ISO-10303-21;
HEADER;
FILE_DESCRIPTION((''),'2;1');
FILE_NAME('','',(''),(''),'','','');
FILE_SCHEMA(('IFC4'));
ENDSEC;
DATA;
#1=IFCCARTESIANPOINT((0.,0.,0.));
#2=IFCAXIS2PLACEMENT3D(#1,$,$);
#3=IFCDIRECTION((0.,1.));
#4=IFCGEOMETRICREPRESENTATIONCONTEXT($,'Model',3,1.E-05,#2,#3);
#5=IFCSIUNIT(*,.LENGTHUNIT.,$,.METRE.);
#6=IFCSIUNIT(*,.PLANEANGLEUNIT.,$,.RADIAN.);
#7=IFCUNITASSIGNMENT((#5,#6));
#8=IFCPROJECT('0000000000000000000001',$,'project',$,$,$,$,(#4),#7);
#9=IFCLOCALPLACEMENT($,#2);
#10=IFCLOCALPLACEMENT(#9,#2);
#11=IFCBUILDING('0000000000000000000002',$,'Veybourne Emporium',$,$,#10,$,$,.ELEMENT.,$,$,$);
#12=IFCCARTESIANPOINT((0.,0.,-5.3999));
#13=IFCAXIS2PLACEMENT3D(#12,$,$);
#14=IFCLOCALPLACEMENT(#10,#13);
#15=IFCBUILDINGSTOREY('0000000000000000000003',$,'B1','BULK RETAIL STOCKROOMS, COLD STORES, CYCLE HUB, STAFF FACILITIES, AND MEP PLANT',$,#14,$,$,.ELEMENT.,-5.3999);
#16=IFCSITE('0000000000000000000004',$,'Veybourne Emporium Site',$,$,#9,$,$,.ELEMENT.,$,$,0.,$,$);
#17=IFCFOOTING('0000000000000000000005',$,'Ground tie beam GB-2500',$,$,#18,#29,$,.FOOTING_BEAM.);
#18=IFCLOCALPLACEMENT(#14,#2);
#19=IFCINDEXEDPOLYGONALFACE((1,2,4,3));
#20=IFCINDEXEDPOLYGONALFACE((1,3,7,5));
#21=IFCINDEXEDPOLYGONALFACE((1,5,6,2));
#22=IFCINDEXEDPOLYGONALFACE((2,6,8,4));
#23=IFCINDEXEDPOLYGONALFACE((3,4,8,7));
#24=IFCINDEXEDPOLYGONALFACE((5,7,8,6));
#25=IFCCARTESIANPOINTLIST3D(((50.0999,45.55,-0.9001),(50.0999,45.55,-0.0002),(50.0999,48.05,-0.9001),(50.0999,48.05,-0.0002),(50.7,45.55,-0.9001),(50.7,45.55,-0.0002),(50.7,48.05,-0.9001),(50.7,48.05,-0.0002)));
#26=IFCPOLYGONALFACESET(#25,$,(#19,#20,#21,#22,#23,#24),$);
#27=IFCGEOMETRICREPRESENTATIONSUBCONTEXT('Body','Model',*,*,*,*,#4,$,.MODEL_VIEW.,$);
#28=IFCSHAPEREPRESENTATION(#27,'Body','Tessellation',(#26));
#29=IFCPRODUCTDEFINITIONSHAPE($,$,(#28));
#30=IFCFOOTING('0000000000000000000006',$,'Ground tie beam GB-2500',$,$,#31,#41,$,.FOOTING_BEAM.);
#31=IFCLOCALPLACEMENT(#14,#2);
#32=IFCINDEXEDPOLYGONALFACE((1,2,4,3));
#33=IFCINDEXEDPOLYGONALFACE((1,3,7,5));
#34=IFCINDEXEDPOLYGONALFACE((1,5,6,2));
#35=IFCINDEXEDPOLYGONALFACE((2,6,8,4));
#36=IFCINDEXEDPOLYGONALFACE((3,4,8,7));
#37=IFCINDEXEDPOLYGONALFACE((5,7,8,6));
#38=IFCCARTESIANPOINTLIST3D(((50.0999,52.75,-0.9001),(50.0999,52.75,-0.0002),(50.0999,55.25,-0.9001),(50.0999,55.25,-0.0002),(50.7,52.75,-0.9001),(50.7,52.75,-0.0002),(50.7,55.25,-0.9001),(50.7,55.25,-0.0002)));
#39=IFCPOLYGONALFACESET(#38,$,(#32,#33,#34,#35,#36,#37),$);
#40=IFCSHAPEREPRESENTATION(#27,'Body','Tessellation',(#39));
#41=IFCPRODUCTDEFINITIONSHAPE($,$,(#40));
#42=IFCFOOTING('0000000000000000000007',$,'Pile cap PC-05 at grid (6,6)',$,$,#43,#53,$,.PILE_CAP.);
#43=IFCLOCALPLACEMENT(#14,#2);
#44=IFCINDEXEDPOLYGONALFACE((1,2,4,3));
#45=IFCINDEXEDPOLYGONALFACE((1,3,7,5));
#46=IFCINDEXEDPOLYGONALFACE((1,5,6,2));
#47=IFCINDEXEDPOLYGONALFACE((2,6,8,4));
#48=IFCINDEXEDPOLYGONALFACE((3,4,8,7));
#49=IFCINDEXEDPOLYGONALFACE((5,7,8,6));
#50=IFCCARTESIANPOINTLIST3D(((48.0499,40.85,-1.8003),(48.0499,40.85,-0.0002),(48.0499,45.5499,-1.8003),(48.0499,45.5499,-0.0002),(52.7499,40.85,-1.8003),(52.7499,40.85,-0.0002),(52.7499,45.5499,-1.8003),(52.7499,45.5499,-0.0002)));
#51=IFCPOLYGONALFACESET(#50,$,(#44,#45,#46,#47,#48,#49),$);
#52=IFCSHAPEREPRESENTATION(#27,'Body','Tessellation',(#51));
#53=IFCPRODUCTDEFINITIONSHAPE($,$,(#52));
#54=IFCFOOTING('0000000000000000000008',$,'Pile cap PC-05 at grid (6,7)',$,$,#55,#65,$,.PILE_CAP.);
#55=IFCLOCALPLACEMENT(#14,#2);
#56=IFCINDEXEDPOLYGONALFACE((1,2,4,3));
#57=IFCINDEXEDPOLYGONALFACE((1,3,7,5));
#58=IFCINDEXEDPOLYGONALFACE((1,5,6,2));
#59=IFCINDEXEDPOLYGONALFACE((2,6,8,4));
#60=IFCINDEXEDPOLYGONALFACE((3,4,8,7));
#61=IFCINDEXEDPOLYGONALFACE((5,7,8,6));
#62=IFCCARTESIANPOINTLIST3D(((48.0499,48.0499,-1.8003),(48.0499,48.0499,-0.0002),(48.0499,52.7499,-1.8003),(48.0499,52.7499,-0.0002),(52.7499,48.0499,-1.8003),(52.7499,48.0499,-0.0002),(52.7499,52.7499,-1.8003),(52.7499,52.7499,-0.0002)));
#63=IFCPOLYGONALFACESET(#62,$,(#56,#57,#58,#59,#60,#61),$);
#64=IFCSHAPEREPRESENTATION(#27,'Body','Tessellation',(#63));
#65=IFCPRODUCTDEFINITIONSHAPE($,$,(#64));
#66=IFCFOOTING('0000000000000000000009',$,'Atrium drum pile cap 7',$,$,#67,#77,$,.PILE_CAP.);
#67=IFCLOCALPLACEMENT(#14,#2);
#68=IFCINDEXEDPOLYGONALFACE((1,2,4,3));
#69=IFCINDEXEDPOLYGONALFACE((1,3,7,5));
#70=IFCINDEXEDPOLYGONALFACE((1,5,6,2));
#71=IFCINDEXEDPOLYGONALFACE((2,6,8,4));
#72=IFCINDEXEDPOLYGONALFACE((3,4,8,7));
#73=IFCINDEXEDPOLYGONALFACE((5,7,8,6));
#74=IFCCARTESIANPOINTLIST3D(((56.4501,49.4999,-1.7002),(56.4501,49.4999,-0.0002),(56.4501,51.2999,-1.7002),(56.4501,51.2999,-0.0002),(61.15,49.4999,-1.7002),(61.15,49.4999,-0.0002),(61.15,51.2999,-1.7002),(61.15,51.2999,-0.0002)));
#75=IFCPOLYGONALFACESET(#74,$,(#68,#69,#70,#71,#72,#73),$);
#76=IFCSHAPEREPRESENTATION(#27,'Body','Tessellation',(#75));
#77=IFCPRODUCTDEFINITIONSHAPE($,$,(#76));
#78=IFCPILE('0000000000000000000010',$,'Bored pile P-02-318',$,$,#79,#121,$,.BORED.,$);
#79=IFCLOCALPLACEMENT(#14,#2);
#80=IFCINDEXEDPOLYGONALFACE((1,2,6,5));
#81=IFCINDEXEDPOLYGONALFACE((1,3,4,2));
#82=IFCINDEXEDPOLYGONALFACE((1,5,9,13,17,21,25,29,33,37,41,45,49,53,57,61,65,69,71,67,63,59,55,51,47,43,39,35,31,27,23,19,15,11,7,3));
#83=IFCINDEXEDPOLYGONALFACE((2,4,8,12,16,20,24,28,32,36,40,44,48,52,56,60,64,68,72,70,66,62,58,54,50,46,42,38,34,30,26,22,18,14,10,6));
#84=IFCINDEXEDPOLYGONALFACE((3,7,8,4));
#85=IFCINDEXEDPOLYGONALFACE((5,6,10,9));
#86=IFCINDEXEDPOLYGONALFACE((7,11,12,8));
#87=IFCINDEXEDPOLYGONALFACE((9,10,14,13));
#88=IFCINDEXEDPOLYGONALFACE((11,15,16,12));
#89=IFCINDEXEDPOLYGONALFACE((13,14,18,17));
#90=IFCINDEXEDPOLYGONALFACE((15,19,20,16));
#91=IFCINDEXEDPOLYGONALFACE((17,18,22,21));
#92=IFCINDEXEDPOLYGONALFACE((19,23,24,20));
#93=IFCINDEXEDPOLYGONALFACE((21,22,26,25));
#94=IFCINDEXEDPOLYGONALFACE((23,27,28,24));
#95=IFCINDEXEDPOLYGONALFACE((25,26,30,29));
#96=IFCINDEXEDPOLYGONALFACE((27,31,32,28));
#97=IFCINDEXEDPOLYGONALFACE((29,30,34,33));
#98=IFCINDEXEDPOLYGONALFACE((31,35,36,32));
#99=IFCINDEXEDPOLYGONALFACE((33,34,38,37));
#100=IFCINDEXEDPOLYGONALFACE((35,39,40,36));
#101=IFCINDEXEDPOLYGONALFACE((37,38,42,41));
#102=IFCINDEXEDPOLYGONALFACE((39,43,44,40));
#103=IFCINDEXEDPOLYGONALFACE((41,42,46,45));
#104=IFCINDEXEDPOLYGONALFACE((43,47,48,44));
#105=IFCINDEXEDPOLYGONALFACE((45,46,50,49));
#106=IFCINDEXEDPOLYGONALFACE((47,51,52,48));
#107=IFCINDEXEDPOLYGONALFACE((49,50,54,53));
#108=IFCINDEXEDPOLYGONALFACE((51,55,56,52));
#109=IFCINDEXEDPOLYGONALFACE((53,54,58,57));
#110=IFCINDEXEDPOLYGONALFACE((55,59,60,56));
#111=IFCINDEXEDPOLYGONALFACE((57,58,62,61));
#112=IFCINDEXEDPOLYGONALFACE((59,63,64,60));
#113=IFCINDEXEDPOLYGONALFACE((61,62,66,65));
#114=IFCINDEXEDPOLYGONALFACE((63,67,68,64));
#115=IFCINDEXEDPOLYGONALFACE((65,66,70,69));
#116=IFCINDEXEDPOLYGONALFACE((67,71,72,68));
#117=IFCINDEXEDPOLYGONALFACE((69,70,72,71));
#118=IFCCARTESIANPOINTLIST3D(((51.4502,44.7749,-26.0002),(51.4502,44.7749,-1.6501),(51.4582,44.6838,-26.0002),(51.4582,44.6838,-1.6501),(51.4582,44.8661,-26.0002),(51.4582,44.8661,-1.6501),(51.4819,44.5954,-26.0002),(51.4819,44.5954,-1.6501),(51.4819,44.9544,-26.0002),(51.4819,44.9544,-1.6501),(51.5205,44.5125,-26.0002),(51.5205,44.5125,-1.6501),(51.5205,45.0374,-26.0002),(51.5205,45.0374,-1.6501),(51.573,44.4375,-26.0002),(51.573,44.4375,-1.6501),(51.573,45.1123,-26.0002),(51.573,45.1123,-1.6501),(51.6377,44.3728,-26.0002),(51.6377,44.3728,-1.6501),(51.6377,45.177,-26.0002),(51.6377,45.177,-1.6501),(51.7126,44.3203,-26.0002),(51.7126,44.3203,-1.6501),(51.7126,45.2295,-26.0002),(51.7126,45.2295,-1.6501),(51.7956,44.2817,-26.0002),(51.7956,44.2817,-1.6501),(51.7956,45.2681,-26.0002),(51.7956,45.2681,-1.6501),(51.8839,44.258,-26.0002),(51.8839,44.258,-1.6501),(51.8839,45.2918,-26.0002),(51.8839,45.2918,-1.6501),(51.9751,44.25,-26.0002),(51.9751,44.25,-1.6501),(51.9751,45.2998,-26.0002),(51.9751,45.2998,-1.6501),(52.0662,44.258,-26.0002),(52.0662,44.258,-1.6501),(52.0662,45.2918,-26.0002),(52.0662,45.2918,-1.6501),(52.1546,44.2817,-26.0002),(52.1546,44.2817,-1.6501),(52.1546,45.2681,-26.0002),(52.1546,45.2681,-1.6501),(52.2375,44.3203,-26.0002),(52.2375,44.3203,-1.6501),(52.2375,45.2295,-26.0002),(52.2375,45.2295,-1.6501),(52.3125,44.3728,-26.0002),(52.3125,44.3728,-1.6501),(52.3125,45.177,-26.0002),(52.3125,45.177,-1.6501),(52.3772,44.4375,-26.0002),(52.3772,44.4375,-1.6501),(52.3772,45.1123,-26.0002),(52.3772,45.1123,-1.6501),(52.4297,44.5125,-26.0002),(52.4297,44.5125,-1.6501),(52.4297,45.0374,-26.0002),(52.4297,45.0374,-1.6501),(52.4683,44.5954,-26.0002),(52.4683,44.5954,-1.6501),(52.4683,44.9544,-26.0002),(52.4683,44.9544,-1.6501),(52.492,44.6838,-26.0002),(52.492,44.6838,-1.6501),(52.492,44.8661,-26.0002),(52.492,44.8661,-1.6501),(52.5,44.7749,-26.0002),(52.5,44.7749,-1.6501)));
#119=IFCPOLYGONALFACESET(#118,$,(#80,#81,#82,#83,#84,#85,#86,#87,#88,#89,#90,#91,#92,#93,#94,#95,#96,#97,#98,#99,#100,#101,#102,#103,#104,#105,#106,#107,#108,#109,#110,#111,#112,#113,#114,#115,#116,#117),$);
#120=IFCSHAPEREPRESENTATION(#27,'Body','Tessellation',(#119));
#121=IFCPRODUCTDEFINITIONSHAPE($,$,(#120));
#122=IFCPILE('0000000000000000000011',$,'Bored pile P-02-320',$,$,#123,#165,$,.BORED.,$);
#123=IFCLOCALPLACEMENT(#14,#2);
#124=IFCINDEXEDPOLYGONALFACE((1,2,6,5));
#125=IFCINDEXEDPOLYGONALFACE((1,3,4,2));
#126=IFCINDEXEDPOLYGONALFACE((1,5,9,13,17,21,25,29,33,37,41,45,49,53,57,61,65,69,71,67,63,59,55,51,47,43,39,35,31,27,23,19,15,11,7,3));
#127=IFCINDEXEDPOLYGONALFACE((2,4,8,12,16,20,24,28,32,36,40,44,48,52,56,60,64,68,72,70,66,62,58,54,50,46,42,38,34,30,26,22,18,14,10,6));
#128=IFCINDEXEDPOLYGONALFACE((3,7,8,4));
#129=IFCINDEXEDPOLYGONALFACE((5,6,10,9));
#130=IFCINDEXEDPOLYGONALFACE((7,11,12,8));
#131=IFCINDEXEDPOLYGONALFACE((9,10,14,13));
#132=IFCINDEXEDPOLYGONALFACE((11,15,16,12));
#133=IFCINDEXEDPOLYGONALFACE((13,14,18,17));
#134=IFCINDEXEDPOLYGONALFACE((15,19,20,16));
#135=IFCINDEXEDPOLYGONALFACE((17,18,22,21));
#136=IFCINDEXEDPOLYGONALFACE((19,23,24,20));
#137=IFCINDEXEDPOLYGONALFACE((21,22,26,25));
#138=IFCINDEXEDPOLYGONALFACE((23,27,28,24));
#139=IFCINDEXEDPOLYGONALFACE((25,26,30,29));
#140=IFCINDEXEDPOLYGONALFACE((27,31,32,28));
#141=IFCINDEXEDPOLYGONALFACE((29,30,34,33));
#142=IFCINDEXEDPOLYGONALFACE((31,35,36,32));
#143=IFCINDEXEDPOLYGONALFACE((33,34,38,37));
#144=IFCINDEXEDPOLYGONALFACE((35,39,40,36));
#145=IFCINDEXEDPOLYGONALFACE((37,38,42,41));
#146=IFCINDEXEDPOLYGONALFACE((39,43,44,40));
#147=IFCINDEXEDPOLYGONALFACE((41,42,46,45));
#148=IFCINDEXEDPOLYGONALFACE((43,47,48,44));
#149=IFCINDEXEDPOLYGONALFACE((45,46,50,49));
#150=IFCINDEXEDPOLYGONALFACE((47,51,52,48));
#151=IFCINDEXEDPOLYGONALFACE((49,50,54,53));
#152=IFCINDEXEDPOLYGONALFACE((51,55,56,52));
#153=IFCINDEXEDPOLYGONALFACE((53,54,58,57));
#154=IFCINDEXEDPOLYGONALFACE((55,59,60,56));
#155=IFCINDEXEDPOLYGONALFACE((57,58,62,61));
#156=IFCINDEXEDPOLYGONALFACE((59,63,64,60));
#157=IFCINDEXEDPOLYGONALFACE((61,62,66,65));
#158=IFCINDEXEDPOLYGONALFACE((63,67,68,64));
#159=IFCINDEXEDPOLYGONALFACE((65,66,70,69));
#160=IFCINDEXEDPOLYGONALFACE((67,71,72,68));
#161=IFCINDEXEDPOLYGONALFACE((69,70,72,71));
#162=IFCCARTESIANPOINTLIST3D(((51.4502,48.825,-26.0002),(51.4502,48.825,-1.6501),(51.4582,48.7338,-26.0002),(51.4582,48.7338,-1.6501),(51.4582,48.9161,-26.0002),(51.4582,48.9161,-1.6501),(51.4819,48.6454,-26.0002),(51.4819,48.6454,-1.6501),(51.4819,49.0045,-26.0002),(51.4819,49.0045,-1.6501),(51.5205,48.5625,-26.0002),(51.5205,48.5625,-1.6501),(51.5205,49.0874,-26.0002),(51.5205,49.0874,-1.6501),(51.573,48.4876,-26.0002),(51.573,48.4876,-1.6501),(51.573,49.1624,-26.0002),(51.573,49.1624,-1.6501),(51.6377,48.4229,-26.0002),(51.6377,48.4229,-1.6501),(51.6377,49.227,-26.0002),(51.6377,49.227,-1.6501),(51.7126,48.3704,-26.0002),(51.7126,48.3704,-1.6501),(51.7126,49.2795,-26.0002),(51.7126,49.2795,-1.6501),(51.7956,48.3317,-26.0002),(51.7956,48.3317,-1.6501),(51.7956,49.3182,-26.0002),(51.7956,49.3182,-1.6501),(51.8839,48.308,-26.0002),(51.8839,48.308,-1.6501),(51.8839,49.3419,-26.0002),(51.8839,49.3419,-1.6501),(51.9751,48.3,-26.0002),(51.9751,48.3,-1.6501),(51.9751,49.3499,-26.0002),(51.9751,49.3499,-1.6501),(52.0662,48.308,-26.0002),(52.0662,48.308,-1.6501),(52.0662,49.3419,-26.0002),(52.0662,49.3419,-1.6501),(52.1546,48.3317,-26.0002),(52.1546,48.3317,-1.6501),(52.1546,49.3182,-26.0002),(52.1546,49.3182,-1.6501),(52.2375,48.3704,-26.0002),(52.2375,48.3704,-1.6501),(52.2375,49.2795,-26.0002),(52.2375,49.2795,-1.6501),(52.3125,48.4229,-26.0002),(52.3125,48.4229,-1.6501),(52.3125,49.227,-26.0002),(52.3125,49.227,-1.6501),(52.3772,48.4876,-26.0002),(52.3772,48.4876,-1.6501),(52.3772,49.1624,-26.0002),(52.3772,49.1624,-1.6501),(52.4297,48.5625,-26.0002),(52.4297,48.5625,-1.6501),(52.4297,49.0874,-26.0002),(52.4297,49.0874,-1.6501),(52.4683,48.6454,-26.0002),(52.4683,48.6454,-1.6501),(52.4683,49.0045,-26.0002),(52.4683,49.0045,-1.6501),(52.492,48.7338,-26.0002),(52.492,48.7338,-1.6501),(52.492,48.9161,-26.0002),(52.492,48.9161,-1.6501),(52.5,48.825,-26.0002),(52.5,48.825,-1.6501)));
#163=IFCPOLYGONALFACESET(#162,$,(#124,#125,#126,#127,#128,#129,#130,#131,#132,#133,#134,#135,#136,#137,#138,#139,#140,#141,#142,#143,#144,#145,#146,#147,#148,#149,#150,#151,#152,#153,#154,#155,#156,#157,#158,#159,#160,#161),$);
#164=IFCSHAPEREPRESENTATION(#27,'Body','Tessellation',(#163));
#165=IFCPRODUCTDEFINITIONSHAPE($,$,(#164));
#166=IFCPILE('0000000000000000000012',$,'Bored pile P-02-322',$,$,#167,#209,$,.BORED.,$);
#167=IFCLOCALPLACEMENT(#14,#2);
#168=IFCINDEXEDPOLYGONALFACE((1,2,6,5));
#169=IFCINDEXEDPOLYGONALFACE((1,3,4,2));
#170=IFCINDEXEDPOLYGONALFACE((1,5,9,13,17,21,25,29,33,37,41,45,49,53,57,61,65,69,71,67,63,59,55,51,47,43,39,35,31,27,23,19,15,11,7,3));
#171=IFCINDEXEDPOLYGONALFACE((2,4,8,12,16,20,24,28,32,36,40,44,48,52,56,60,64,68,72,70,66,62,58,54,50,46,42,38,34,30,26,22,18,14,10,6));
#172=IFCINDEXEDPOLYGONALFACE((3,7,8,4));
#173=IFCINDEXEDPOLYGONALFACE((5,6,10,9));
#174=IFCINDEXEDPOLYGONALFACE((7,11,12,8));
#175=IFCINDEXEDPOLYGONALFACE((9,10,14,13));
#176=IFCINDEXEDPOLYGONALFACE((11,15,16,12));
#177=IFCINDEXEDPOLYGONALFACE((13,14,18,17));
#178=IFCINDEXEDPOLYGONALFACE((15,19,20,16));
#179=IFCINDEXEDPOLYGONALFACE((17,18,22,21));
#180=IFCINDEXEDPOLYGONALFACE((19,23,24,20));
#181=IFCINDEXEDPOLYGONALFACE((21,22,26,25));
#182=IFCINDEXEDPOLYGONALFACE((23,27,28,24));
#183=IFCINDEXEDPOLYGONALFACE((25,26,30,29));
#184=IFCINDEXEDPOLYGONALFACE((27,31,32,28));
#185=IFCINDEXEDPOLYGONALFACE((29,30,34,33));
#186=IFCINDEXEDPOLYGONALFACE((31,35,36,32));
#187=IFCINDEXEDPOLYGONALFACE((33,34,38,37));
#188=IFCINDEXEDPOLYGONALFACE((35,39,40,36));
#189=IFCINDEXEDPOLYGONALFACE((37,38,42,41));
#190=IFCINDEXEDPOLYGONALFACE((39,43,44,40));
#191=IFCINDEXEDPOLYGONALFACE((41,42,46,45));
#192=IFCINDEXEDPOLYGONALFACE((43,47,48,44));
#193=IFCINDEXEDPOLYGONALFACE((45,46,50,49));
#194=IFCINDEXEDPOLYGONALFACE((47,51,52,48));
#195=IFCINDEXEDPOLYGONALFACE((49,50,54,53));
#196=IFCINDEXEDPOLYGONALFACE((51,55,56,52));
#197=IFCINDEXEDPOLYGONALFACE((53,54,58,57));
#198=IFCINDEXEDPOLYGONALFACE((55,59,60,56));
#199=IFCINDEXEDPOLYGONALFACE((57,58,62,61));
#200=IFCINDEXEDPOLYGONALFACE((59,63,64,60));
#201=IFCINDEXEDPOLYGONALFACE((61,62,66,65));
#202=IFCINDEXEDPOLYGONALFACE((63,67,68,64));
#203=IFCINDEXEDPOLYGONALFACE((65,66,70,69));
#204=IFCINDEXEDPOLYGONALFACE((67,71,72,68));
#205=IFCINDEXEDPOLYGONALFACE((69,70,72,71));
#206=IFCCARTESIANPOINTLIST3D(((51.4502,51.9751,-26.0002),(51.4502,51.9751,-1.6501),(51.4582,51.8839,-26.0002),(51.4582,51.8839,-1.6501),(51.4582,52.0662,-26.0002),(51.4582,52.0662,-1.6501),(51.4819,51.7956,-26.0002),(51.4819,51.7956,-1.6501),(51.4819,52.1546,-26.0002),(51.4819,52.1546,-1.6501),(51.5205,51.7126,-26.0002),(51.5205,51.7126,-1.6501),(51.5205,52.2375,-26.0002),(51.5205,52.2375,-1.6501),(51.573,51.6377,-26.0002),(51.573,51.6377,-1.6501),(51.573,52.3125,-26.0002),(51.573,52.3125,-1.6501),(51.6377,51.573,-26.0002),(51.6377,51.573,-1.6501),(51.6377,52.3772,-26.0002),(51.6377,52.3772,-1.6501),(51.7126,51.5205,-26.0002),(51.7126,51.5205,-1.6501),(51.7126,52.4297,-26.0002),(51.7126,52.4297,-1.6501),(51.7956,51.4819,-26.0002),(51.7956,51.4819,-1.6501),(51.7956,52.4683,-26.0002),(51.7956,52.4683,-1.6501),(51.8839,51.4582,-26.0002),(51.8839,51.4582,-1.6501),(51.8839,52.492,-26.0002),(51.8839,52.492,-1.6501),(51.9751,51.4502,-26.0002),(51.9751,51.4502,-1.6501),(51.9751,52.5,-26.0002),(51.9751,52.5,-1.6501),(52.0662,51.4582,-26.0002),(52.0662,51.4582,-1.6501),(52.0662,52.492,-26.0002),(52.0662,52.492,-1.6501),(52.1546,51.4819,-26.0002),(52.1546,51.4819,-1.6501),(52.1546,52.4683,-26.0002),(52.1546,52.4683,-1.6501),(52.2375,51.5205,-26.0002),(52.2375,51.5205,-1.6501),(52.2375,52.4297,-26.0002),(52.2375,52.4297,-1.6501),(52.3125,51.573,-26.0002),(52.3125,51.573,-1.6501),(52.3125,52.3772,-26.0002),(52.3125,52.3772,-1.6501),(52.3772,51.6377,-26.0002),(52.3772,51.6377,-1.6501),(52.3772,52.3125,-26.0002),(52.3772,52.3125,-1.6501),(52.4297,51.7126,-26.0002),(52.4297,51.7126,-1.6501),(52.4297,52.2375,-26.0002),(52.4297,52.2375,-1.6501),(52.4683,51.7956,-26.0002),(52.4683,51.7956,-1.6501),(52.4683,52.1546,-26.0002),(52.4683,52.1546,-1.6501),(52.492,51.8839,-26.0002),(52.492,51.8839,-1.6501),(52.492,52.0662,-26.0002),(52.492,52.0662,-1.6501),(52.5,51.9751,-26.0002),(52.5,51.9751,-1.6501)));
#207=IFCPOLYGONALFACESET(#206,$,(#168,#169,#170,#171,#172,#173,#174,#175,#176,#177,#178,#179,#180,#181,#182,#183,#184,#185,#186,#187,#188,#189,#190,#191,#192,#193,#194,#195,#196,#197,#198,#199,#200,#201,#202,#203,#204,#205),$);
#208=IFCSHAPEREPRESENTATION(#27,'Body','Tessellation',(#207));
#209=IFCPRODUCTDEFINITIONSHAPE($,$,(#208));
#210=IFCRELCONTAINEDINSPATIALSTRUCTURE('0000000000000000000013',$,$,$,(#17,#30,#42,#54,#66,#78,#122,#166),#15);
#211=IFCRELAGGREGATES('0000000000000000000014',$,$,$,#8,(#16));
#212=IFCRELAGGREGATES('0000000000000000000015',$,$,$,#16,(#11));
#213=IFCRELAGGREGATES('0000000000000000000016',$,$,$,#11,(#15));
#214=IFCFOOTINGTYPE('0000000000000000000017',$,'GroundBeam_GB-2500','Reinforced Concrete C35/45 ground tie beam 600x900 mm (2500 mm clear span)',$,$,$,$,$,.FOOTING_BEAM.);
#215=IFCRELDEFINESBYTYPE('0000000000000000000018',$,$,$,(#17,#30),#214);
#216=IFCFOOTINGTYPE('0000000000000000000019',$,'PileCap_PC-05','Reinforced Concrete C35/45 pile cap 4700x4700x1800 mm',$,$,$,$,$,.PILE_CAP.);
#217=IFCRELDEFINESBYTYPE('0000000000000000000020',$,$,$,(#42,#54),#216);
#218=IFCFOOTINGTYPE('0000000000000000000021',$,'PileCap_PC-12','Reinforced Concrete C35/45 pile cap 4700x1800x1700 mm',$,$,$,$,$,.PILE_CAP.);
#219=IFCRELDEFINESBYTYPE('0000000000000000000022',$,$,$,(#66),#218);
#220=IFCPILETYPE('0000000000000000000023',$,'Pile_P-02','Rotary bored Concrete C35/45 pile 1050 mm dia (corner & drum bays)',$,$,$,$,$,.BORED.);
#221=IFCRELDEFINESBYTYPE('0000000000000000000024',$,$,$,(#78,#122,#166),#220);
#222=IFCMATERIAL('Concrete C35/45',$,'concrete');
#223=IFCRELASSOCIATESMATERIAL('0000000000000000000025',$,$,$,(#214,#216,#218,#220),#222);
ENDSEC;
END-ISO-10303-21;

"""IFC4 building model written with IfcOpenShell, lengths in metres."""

from ifc_helpers import new_model, si_unit, direction, frame, origin, origin_2d, place, context, subcontext, project, spatial, rectangle, circle, extrude, material, material_profile, profile_set, type_object, element, save


model = new_model("IFC4")

# Units and contexts
model_context = context("Model", 3, precision=1e-05, world=origin(), true_north=direction((0.0, 1.0)))
body_context = subcontext(model_context, "Body", "Model", "MODEL_VIEW")
ifc_project = project(units=[si_unit("LENGTHUNIT", "METRE"), si_unit("PLANEANGLEUNIT", "RADIAN")], contexts=[model_context])

# Site, building, storey
site_placement = place(None, origin())
site = spatial("IfcSite", under=ifc_project, at=site_placement, Name="Veybourne Emporium Site", CompositionType="ELEMENT", RefElevation=0.0)
building_placement = place(site_placement, origin())
building = spatial("IfcBuilding", under=site, at=building_placement, Name="Veybourne Emporium", CompositionType="ELEMENT")
storey_placement = place(building_placement, frame((0.0, 0.0, -5.3999)))
storey = spatial("IfcBuildingStorey", under=building, at=storey_placement, Name="B1", Description="BULK RETAIL STOCKROOMS, COLD STORES, CYCLE HUB, STAFF FACILITIES, AND MEP PLANT", CompositionType="ELEMENT", Elevation=-5.3999)

# Footings
ifc_material_1 = material(Name="Concrete C35/45", Category="concrete")
footing_type_1 = type_object("IfcFootingType", Name="GroundBeam_GB-2500", Description="Reinforced Concrete C35/45 ground tie beam 600x900 mm (2500 mm clear span)", PredefinedType="FOOTING_BEAM", material=ifc_material_1)
for number, where, z_axis, x_axis, name in (
    (1, (50.3999, 46.8, -0.9001), (0.0, 0.0, 1.0), (0.0, 1.0, 0.0), "Ground tie beam GB-2500"),
    (2, (50.3999, 54.0, -0.9001), (0.0, 0.0, 1.0), (0.0, 1.0, 0.0), "Ground tie beam GB-2500"),
):
    element("IfcFooting", number, at=place(storey_placement, frame(where, z_axis=z_axis, x_axis=x_axis)), inside=storey, type_object=footing_type_1, Name=name, PredefinedType="FOOTING_BEAM", context=body_context, shape_type="SweptSolid", body=[
        extrude(rectangle(XDim=2.5, YDim=0.6001, at=origin_2d()), origin(), (0.0, 0.0, 1.0), 0.8999),
    ])
footing_type_2 = type_object("IfcFootingType", Name="PileCap_PC-05", Description="Reinforced Concrete C35/45 pile cap 4700x4700x1800 mm", PredefinedType="PILE_CAP", material=ifc_material_1)
for number, where, z_axis, x_axis, name in (
    (3, (50.3999, 43.2, -1.8003), (0.0, 0.0, 1.0), (1.0, 0.0, 0.0), "Pile cap PC-05 at grid (6,6)"),
    (4, (50.3999, 50.3999, -1.8003), (0.0, 0.0, 1.0), (1.0, 0.0, 0.0), "Pile cap PC-05 at grid (6,7)"),
):
    element("IfcFooting", number, at=place(storey_placement, frame(where, z_axis=z_axis, x_axis=x_axis)), inside=storey, type_object=footing_type_2, Name=name, PredefinedType="PILE_CAP", context=body_context, shape_type="SweptSolid", body=[
        extrude(rectangle(XDim=4.7, YDim=4.7, at=origin_2d()), origin(), (0.0, 0.0, 1.0), 1.8),
    ])
footing_type_3 = type_object("IfcFootingType", Name="PileCap_PC-12", Description="Reinforced Concrete C35/45 pile cap 4700x1800x1700 mm", PredefinedType="PILE_CAP", material=ifc_material_1)
footing_placement = place(storey_placement, frame((58.8, 50.3999, -1.7002), z_axis=(0.0, 0.0, 1.0), x_axis=(-1.0, 0.0, 0.0)))
element("IfcFooting", 5, at=footing_placement, inside=storey, type_object=footing_type_3, Name="Atrium drum pile cap 7", PredefinedType="PILE_CAP", context=body_context, shape_type="SweptSolid", body=[
    extrude(rectangle(XDim=4.7, YDim=1.8, at=origin_2d()), origin(), (0.0, 0.0, 1.0), 1.7),
])

# Piles
ifc_material_profile_1 = material_profile(ifc_material_1, circle(Radius=0.5249, at=origin_2d()), Name="BORED PILE 1050")
ifc_profile_set_1 = profile_set([ifc_material_profile_1], Name="Concrete C35/45")
pile_type = type_object("IfcPileType", Name="Pile_P-02", Description="Rotary bored Concrete C35/45 pile 1050 mm dia (corner & drum bays)", PredefinedType="BORED", material=ifc_profile_set_1)
for number, where, z_axis, x_axis, name in (
    (6, (51.9751, 44.7749, -1.6501), (0.0, 0.0, -1.0), (1.0, 0.0, 0.0), "Bored pile P-02-318"),
    (7, (51.9751, 48.825, -1.6501), (0.0, 0.0, -1.0), (1.0, 0.0, 0.0), "Bored pile P-02-320"),
    (8, (51.9751, 51.9751, -1.6501), (0.0, 0.0, -1.0), (1.0, 0.0, 0.0), "Bored pile P-02-322"),
):
    element("IfcPile", number, at=place(storey_placement, frame(where, z_axis=z_axis, x_axis=x_axis)), inside=storey, type_object=pile_type, Name=name, PredefinedType="BORED", context=body_context, shape_type="SweptSolid", body=[
        extrude(circle(Radius=0.5249, at=origin_2d()), origin(), (0.0, 0.0, 1.0), 24.3501),
    ])

save(model, "model.ifc")
